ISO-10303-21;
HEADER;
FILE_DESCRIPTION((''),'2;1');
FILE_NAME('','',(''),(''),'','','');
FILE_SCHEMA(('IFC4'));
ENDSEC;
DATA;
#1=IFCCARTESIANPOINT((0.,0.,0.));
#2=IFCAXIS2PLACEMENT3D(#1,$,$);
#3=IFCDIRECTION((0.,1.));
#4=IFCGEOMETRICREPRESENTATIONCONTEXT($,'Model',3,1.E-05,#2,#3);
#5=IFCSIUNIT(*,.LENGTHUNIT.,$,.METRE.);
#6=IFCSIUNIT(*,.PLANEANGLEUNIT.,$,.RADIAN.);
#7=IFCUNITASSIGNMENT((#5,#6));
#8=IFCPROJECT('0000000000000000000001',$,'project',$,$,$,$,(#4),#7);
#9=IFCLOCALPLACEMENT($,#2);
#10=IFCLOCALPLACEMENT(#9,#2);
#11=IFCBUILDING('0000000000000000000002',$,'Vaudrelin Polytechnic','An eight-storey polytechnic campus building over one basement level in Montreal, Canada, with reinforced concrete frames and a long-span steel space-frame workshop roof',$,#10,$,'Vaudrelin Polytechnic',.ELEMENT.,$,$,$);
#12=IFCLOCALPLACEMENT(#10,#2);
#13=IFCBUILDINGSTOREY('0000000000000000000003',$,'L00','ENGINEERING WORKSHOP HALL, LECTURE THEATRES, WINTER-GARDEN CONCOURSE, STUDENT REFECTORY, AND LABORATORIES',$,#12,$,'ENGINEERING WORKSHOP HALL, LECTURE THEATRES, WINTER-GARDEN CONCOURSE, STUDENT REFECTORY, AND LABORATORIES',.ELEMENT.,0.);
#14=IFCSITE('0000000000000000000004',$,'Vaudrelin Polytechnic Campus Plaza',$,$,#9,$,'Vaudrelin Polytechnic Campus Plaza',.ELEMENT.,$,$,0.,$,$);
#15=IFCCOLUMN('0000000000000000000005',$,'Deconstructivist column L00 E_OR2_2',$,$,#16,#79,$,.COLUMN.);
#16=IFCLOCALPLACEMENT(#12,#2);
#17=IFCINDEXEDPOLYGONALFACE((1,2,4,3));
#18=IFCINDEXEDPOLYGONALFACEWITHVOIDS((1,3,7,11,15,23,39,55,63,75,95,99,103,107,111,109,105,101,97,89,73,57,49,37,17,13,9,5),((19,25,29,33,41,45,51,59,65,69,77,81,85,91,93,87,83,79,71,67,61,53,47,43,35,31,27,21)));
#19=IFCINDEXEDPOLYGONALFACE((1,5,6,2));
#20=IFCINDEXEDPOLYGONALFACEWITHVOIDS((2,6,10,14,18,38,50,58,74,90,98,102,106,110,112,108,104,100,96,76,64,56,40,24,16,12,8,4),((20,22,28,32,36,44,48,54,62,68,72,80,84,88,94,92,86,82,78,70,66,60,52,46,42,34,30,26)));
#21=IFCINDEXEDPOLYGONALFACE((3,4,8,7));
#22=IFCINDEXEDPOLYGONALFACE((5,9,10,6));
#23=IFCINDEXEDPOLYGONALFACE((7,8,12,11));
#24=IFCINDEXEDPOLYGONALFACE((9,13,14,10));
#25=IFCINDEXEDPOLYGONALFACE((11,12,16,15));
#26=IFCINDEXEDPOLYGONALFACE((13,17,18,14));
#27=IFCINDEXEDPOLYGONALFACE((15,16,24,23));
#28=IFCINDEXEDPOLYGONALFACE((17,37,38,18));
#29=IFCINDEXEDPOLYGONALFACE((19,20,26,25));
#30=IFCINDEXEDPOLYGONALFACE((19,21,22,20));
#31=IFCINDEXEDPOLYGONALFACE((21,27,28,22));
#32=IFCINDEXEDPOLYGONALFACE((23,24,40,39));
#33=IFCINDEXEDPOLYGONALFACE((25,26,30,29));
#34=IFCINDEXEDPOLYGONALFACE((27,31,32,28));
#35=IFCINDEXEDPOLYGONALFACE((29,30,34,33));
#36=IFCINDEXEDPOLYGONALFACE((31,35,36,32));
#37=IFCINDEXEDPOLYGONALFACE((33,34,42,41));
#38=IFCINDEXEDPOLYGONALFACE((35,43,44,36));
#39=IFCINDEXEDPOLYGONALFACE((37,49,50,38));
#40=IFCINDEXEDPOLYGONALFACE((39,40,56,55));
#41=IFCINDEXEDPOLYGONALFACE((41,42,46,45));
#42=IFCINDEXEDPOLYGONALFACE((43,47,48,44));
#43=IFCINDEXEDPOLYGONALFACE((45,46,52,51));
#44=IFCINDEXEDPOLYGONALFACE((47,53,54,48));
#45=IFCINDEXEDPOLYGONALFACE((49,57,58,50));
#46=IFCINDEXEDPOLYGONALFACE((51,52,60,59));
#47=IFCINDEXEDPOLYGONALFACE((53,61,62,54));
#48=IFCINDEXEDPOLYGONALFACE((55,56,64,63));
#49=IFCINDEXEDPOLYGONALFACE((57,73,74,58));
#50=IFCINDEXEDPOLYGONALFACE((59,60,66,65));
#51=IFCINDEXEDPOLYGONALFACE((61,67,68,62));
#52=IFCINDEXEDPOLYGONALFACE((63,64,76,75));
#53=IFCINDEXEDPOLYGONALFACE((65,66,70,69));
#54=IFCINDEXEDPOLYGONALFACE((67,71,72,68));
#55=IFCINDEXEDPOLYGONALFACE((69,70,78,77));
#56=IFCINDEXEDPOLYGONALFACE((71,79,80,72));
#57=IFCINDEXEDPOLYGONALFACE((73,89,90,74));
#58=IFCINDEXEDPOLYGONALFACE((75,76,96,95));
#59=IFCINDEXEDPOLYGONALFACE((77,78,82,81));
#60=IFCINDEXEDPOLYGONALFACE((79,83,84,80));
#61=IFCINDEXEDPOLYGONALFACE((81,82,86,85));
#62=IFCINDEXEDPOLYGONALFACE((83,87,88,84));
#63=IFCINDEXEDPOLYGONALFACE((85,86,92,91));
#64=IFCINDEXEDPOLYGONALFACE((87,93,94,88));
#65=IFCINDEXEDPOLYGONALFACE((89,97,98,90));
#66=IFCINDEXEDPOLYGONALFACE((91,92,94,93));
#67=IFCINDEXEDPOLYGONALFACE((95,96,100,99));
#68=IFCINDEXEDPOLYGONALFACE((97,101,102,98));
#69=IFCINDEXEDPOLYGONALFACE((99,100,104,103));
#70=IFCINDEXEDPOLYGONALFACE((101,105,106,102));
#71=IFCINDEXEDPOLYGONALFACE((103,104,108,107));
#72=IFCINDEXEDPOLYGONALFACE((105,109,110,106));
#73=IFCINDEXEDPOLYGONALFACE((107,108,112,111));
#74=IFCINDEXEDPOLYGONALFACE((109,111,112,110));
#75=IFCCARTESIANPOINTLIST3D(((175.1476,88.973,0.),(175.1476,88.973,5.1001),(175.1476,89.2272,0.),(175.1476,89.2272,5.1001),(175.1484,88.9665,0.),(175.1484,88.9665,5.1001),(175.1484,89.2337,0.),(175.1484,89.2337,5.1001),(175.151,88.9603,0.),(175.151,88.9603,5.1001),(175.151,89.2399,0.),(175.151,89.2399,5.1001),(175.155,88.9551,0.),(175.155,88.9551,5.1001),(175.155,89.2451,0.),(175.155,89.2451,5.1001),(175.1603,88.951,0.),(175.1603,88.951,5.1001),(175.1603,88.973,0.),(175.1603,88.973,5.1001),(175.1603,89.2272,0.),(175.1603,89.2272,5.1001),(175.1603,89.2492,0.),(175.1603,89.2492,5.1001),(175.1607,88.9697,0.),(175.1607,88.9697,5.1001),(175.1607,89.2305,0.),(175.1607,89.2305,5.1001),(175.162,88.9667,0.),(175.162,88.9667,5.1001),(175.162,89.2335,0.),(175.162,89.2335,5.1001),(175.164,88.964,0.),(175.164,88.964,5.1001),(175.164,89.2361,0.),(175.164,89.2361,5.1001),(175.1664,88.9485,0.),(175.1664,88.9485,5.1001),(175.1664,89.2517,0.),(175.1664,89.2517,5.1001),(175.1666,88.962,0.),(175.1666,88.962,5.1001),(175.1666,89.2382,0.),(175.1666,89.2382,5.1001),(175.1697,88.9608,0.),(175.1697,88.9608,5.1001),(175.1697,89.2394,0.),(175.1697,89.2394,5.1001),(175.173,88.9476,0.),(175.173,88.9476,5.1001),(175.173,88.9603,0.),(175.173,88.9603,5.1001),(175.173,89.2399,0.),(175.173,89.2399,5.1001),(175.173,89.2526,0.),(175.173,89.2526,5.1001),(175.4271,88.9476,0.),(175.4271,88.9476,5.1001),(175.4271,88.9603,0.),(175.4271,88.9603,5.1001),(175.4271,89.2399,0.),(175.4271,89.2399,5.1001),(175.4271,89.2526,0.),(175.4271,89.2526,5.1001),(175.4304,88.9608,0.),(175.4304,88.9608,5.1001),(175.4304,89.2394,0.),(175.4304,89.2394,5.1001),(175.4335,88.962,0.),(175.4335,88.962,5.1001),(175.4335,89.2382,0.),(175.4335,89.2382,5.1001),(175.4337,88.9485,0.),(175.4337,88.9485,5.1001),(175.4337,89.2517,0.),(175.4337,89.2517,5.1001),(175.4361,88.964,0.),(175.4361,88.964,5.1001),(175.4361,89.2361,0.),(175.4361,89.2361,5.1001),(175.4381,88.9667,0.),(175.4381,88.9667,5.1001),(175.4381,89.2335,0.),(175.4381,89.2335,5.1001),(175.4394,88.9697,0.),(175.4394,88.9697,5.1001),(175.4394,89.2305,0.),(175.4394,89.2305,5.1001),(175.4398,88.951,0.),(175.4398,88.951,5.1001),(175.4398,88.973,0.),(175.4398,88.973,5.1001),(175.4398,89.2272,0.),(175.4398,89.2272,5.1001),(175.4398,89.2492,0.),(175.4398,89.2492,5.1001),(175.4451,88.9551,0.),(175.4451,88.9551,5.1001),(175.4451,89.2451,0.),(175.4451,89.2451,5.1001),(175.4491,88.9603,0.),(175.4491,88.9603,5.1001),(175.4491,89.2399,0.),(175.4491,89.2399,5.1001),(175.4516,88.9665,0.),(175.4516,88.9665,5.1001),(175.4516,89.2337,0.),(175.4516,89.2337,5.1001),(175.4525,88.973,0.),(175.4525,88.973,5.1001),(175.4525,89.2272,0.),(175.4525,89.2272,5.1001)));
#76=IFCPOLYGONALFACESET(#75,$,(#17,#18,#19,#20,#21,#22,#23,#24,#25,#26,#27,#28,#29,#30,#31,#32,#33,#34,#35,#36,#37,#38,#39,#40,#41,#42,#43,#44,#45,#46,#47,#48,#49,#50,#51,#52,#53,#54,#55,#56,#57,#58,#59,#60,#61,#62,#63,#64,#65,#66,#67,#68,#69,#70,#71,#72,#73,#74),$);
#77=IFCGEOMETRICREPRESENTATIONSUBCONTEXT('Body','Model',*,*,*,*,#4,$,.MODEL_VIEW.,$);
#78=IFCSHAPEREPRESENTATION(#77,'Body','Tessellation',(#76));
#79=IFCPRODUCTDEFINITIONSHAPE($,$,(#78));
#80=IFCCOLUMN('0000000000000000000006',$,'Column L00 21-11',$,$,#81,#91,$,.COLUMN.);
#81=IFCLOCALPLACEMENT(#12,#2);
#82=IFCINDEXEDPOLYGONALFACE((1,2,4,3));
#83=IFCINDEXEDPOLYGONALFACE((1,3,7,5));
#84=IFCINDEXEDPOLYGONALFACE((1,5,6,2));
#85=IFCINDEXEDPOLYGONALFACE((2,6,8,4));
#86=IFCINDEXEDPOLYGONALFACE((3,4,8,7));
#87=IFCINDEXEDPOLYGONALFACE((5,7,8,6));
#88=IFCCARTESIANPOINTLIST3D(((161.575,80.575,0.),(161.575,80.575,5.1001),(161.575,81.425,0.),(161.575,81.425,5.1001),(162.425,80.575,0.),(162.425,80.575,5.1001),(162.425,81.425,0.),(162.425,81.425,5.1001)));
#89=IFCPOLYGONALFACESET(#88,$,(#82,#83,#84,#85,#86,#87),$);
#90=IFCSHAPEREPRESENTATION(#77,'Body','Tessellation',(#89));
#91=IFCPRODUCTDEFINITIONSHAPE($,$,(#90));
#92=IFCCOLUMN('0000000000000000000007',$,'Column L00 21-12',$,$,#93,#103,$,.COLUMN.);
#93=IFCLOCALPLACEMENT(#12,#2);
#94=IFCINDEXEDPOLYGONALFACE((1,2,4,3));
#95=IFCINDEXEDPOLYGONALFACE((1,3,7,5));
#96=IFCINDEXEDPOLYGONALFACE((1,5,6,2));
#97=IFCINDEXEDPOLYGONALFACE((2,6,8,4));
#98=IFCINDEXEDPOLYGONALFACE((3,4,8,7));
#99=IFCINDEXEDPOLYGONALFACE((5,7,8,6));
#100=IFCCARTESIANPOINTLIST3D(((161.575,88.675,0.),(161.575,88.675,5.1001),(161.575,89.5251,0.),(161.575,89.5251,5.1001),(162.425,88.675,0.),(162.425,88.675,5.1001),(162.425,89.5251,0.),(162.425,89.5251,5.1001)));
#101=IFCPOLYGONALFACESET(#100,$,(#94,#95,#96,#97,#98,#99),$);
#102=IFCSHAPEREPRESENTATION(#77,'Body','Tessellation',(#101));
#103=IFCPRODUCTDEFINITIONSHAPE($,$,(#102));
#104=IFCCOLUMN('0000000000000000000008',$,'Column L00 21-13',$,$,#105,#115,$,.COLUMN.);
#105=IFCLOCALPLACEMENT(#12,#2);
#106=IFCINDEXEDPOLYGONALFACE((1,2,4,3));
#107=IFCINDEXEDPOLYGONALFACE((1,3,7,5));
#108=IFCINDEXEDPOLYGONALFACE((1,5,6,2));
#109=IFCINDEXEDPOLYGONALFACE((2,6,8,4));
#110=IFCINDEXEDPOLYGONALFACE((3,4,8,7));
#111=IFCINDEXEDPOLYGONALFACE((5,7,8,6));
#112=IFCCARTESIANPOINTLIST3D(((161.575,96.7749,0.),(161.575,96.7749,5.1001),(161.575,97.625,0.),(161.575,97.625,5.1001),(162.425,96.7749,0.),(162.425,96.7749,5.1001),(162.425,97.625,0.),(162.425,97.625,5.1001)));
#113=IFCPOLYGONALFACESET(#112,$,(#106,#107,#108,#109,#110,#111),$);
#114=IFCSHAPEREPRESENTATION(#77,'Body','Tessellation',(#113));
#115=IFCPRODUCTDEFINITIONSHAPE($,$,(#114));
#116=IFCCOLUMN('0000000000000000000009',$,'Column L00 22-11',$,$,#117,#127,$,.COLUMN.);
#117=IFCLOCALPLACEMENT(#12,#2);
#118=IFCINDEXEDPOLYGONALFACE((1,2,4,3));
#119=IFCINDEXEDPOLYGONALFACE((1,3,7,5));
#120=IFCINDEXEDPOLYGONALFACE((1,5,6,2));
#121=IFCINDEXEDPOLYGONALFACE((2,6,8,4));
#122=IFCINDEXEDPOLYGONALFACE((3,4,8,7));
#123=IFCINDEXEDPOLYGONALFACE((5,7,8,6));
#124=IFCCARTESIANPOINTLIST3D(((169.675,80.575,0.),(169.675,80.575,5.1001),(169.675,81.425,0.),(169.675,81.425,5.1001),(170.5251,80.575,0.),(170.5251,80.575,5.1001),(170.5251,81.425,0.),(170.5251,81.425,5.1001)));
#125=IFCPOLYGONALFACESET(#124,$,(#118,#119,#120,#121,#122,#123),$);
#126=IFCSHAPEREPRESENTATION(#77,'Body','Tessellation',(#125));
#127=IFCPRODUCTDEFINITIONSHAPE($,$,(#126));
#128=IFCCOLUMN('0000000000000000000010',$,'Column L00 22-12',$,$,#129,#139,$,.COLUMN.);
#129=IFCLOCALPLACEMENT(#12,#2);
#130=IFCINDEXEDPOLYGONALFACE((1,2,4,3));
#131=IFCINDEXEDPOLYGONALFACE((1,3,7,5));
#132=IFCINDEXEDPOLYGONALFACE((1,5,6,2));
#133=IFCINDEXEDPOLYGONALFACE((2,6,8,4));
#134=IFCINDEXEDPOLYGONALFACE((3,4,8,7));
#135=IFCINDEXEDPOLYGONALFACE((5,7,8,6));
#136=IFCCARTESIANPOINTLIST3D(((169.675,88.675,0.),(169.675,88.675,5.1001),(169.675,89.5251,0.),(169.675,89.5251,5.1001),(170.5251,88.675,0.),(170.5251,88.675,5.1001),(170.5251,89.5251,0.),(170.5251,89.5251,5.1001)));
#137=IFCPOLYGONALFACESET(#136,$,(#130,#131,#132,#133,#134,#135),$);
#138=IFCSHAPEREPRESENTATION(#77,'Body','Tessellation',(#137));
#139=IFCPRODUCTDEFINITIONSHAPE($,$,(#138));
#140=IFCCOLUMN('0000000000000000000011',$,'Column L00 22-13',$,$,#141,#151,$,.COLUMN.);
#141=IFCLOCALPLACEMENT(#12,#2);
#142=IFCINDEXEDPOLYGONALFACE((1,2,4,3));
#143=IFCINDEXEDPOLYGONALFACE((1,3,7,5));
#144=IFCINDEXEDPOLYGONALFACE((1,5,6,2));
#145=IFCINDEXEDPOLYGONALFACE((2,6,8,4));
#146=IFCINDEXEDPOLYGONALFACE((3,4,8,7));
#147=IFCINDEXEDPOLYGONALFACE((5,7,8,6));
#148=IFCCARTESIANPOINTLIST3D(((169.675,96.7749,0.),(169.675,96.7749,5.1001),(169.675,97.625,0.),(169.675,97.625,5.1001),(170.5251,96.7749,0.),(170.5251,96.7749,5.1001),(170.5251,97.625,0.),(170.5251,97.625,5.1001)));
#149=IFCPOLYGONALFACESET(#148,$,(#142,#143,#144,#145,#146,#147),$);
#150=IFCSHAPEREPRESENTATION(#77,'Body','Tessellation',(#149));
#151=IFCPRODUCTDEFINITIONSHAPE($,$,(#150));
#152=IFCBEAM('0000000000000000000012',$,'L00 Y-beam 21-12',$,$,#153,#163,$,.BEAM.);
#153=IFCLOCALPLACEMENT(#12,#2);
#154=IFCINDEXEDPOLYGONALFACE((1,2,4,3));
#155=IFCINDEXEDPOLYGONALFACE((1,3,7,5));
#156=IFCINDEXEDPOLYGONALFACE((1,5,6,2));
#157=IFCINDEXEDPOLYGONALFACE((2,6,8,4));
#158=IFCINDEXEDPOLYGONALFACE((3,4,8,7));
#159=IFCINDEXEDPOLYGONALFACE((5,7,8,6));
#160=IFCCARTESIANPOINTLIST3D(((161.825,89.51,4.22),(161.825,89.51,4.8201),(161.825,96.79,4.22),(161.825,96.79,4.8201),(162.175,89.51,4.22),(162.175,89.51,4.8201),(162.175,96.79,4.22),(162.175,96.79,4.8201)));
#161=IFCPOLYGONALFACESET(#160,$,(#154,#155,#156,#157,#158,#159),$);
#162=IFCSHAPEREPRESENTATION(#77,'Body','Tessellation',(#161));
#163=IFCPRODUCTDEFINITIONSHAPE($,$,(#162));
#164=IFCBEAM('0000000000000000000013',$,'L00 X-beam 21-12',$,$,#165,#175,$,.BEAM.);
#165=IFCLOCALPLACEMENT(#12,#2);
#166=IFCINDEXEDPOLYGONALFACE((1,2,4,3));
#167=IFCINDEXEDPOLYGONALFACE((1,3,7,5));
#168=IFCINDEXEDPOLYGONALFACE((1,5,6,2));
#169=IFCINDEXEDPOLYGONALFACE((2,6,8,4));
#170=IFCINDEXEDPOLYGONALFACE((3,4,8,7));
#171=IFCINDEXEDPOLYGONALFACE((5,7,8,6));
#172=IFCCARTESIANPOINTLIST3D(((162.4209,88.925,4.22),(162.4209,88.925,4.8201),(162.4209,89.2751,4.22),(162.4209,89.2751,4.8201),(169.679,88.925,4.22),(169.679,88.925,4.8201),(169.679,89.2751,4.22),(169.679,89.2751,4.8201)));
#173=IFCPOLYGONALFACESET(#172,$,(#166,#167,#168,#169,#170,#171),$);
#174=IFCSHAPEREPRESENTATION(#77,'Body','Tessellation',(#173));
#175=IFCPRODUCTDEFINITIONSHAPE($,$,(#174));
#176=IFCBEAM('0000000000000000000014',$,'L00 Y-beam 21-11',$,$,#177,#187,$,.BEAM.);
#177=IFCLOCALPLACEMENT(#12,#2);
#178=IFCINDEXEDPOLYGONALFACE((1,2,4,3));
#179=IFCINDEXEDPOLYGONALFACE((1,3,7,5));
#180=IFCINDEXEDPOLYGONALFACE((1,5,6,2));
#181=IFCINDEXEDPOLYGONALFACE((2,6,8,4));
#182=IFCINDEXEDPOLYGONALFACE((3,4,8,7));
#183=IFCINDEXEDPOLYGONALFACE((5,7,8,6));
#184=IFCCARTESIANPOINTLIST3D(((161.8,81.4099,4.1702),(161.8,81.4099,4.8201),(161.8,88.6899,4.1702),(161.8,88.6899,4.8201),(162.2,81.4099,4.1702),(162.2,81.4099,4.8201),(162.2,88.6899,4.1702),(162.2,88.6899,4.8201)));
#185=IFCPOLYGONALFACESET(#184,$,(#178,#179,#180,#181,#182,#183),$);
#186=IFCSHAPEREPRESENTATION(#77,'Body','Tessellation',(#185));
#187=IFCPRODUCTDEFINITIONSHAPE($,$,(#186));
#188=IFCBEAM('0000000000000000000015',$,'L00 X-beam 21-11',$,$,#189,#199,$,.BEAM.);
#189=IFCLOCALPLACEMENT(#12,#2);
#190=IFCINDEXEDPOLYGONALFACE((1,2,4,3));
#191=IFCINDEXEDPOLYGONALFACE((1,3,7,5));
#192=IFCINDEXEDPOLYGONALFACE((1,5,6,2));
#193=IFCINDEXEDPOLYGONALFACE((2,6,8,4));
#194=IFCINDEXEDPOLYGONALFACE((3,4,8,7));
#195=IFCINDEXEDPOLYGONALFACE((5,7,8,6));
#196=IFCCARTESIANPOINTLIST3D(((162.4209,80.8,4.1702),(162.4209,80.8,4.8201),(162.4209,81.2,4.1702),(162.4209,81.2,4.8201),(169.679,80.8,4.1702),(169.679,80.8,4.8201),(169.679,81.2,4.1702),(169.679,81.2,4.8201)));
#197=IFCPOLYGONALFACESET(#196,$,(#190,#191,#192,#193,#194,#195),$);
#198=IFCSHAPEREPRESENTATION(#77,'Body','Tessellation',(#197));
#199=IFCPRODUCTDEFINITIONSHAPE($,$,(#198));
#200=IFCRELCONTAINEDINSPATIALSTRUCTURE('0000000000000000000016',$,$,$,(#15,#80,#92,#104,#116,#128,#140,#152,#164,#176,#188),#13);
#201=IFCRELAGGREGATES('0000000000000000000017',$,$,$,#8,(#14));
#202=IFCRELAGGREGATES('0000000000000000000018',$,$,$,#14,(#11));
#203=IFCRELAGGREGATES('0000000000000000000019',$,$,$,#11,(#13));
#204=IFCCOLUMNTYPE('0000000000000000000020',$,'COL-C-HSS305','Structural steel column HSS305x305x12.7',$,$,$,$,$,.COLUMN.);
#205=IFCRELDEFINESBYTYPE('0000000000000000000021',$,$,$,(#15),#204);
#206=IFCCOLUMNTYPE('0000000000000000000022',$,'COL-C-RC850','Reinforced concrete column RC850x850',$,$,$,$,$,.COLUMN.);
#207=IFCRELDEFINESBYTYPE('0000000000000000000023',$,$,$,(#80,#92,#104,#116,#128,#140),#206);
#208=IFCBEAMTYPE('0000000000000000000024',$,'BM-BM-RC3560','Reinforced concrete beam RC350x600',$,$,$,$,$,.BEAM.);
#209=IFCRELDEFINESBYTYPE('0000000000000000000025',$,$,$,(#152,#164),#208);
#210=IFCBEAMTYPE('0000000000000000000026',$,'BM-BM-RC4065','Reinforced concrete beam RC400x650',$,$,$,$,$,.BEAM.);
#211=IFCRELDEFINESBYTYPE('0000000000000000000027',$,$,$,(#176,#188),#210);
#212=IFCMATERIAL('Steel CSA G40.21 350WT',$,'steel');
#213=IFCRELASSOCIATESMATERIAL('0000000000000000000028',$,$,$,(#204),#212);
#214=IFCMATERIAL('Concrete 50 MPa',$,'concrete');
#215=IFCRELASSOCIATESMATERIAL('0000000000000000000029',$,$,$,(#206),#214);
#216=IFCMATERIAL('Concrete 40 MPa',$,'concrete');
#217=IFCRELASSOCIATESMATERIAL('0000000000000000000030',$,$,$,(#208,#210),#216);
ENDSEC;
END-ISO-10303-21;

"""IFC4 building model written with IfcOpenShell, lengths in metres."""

from ifc_helpers import new_model, si_unit, direction, frame, origin, origin_2d, place, context, subcontext, project, spatial, rectangle, hollow_rectangle, extrude, material, material_profile, profile_set, type_object, element, save


model = new_model("IFC4")

# Units and contexts
model_context = context("Model", 3, precision=1e-05, world=origin(), true_north=direction((0.0, 1.0)))
body_context = subcontext(model_context, "Body", "Model", "MODEL_VIEW")
ifc_project = project(units=[si_unit("LENGTHUNIT", "METRE"), si_unit("PLANEANGLEUNIT", "RADIAN")], contexts=[model_context])

# Site, building, storey
site_placement = place(None, origin())
site = spatial("IfcSite", under=ifc_project, at=site_placement, Name="Vaudrelin Polytechnic Campus Plaza", LongName="Vaudrelin Polytechnic Campus Plaza", CompositionType="ELEMENT", RefElevation=0.0)
building_placement = place(site_placement, origin())
building = spatial("IfcBuilding", under=site, at=building_placement, Name="Vaudrelin Polytechnic", Description="An eight-storey polytechnic campus building over one basement level in Montreal, Canada, with reinforced concrete frames and a long-span steel space-frame workshop roof", LongName="Vaudrelin Polytechnic", CompositionType="ELEMENT")
storey_placement = place(building_placement, origin())
storey = spatial("IfcBuildingStorey", under=building, at=storey_placement, Name="L00", Description="ENGINEERING WORKSHOP HALL, LECTURE THEATRES, WINTER-GARDEN CONCOURSE, STUDENT REFECTORY, AND LABORATORIES", LongName="ENGINEERING WORKSHOP HALL, LECTURE THEATRES, WINTER-GARDEN CONCOURSE, STUDENT REFECTORY, AND LABORATORIES", CompositionType="ELEMENT", Elevation=0.0)

# Columns
ifc_material_1 = material(Name="Steel CSA G40.21 350WT", Category="steel")
ifc_material_profile_1 = material_profile(ifc_material_1, hollow_rectangle(XDim=0.3049, YDim=0.3049, WallThickness=0.0127, InnerFilletRadius=0.0127, OuterFilletRadius=0.0254, at=origin_2d()), Name="HSS305x305x12.7")
ifc_profile_set_1 = profile_set([ifc_material_profile_1], Name="Steel CSA G40.21 350WT")
column_type_1 = type_object("IfcColumnType", Name="COL-C-HSS305", Description="Structural steel column HSS305x305x12.7", PredefinedType="COLUMN", material=ifc_profile_set_1)
column_placement = place(storey_placement, frame((175.3, 89.1001, 0.0), z_axis=(0.0, 0.0, 1.0), x_axis=(1.0, 0.0, 0.0)))
element("IfcColumn", 1, at=column_placement, inside=storey, type_object=column_type_1, Name="Deconstructivist column L00 E_OR2_2", PredefinedType="COLUMN", context=body_context, shape_type="SweptSolid", body=[
    extrude(hollow_rectangle(XDim=0.3049, YDim=0.3049, WallThickness=0.0127, InnerFilletRadius=0.0127, OuterFilletRadius=0.0254, at=origin_2d()), origin(), (0.0, 0.0, 1.0), 5.1001),
])
ifc_material_2 = material(Name="Concrete 50 MPa", Category="concrete")
ifc_material_profile_2 = material_profile(ifc_material_2, rectangle(XDim=0.8501, YDim=0.8501, at=origin_2d()), Name="RC850x850")
ifc_profile_set_2 = profile_set([ifc_material_profile_2], Name="Concrete 50 MPa")
column_type_2 = type_object("IfcColumnType", Name="COL-C-RC850", Description="Reinforced concrete column RC850x850", PredefinedType="COLUMN", material=ifc_profile_set_2)
for number, where, z_axis, x_axis, name in (
    (2, (162.0, 81.0, 0.0), (0.0, 0.0, 1.0), (1.0, 0.0, 0.0), "Column L00 21-11"),
    (3, (162.0, 89.1001, 0.0), (0.0, 0.0, 1.0), (1.0, 0.0, 0.0), "Column L00 21-12"),
    (4, (162.0, 97.2, 0.0), (0.0, 0.0, 1.0), (1.0, 0.0, 0.0), "Column L00 21-13"),
    (5, (170.1001, 81.0, 0.0), (0.0, 0.0, 1.0), (1.0, 0.0, 0.0), "Column L00 22-11"),
    (6, (170.1001, 89.1001, 0.0), (0.0, 0.0, 1.0), (1.0, 0.0, 0.0), "Column L00 22-12"),
    (7, (170.1001, 97.2, 0.0), (0.0, 0.0, 1.0), (1.0, 0.0, 0.0), "Column L00 22-13"),
):
    element("IfcColumn", number, at=place(storey_placement, frame(where, z_axis=z_axis, x_axis=x_axis)), inside=storey, type_object=column_type_2, Name=name, PredefinedType="COLUMN", context=body_context, shape_type="SweptSolid", body=[
        extrude(rectangle(XDim=0.8501, YDim=0.8501, at=origin_2d()), origin(), (0.0, 0.0, 1.0), 5.1001),
    ])

# Beams
ifc_material_3 = material(Name="Concrete 40 MPa", Category="concrete")
ifc_material_profile_3 = material_profile(ifc_material_3, rectangle(XDim=0.3501, YDim=0.6001, at=origin_2d()), Name="RC350x600")
ifc_profile_set_3 = profile_set([ifc_material_profile_3], Name="Concrete 40 MPa")
beam_type_1 = type_object("IfcBeamType", Name="BM-BM-RC3560", Description="Reinforced concrete beam RC350x600", PredefinedType="BEAM", material=ifc_profile_set_3)
beam_1_placement = place(storey_placement, frame((162.0, 89.51, 4.52), z_axis=(0.0, 1.0, 0.0), x_axis=(-1.0, 0.0, 0.0)))
element("IfcBeam", 8, at=beam_1_placement, inside=storey, type_object=beam_type_1, Name="L00 Y-beam 21-12", PredefinedType="BEAM", context=body_context, shape_type="SweptSolid", body=[
    extrude(rectangle(XDim=0.3501, YDim=0.6001, at=origin_2d()), origin(), (0.0, 0.0, 1.0), 7.28),
])
beam_2_placement = place(storey_placement, frame((162.4209, 89.1001, 4.52), z_axis=(1.0, 0.0, 0.0), x_axis=(0.0, 1.0, 0.0)))
element("IfcBeam", 9, at=beam_2_placement, inside=storey, type_object=beam_type_1, Name="L00 X-beam 21-12", PredefinedType="BEAM", context=body_context, shape_type="SweptSolid", body=[
    extrude(rectangle(XDim=0.3501, YDim=0.6001, at=origin_2d()), origin(), (0.0, 0.0, 1.0), 7.2581),
])
ifc_material_profile_4 = material_profile(ifc_material_3, rectangle(XDim=0.3999, YDim=0.6499, at=origin_2d()), Name="RC400x650")
ifc_profile_set_4 = profile_set([ifc_material_profile_4], Name="Concrete 40 MPa")
beam_type_2 = type_object("IfcBeamType", Name="BM-BM-RC4065", Description="Reinforced concrete beam RC400x650", PredefinedType="BEAM", material=ifc_profile_set_4)
beam_3_placement = place(storey_placement, frame((162.0, 81.4099, 4.4951), z_axis=(0.0, 1.0, 0.0), x_axis=(-1.0, 0.0, 0.0)))
element("IfcBeam", 10, at=beam_3_placement, inside=storey, type_object=beam_type_2, Name="L00 Y-beam 21-11", PredefinedType="BEAM", context=body_context, shape_type="SweptSolid", body=[
    extrude(rectangle(XDim=0.3999, YDim=0.6499, at=origin_2d()), origin(), (0.0, 0.0, 1.0), 7.28),
])
beam_4_placement = place(storey_placement, frame((162.4209, 81.0, 4.4951), z_axis=(1.0, 0.0, 0.0), x_axis=(0.0, 1.0, 0.0)))
element("IfcBeam", 11, at=beam_4_placement, inside=storey, type_object=beam_type_2, Name="L00 X-beam 21-11", PredefinedType="BEAM", context=body_context, shape_type="SweptSolid", body=[
    extrude(rectangle(XDim=0.3999, YDim=0.6499, at=origin_2d()), origin(), (0.0, 0.0, 1.0), 7.2581),
])

save(model, "model.ifc")
